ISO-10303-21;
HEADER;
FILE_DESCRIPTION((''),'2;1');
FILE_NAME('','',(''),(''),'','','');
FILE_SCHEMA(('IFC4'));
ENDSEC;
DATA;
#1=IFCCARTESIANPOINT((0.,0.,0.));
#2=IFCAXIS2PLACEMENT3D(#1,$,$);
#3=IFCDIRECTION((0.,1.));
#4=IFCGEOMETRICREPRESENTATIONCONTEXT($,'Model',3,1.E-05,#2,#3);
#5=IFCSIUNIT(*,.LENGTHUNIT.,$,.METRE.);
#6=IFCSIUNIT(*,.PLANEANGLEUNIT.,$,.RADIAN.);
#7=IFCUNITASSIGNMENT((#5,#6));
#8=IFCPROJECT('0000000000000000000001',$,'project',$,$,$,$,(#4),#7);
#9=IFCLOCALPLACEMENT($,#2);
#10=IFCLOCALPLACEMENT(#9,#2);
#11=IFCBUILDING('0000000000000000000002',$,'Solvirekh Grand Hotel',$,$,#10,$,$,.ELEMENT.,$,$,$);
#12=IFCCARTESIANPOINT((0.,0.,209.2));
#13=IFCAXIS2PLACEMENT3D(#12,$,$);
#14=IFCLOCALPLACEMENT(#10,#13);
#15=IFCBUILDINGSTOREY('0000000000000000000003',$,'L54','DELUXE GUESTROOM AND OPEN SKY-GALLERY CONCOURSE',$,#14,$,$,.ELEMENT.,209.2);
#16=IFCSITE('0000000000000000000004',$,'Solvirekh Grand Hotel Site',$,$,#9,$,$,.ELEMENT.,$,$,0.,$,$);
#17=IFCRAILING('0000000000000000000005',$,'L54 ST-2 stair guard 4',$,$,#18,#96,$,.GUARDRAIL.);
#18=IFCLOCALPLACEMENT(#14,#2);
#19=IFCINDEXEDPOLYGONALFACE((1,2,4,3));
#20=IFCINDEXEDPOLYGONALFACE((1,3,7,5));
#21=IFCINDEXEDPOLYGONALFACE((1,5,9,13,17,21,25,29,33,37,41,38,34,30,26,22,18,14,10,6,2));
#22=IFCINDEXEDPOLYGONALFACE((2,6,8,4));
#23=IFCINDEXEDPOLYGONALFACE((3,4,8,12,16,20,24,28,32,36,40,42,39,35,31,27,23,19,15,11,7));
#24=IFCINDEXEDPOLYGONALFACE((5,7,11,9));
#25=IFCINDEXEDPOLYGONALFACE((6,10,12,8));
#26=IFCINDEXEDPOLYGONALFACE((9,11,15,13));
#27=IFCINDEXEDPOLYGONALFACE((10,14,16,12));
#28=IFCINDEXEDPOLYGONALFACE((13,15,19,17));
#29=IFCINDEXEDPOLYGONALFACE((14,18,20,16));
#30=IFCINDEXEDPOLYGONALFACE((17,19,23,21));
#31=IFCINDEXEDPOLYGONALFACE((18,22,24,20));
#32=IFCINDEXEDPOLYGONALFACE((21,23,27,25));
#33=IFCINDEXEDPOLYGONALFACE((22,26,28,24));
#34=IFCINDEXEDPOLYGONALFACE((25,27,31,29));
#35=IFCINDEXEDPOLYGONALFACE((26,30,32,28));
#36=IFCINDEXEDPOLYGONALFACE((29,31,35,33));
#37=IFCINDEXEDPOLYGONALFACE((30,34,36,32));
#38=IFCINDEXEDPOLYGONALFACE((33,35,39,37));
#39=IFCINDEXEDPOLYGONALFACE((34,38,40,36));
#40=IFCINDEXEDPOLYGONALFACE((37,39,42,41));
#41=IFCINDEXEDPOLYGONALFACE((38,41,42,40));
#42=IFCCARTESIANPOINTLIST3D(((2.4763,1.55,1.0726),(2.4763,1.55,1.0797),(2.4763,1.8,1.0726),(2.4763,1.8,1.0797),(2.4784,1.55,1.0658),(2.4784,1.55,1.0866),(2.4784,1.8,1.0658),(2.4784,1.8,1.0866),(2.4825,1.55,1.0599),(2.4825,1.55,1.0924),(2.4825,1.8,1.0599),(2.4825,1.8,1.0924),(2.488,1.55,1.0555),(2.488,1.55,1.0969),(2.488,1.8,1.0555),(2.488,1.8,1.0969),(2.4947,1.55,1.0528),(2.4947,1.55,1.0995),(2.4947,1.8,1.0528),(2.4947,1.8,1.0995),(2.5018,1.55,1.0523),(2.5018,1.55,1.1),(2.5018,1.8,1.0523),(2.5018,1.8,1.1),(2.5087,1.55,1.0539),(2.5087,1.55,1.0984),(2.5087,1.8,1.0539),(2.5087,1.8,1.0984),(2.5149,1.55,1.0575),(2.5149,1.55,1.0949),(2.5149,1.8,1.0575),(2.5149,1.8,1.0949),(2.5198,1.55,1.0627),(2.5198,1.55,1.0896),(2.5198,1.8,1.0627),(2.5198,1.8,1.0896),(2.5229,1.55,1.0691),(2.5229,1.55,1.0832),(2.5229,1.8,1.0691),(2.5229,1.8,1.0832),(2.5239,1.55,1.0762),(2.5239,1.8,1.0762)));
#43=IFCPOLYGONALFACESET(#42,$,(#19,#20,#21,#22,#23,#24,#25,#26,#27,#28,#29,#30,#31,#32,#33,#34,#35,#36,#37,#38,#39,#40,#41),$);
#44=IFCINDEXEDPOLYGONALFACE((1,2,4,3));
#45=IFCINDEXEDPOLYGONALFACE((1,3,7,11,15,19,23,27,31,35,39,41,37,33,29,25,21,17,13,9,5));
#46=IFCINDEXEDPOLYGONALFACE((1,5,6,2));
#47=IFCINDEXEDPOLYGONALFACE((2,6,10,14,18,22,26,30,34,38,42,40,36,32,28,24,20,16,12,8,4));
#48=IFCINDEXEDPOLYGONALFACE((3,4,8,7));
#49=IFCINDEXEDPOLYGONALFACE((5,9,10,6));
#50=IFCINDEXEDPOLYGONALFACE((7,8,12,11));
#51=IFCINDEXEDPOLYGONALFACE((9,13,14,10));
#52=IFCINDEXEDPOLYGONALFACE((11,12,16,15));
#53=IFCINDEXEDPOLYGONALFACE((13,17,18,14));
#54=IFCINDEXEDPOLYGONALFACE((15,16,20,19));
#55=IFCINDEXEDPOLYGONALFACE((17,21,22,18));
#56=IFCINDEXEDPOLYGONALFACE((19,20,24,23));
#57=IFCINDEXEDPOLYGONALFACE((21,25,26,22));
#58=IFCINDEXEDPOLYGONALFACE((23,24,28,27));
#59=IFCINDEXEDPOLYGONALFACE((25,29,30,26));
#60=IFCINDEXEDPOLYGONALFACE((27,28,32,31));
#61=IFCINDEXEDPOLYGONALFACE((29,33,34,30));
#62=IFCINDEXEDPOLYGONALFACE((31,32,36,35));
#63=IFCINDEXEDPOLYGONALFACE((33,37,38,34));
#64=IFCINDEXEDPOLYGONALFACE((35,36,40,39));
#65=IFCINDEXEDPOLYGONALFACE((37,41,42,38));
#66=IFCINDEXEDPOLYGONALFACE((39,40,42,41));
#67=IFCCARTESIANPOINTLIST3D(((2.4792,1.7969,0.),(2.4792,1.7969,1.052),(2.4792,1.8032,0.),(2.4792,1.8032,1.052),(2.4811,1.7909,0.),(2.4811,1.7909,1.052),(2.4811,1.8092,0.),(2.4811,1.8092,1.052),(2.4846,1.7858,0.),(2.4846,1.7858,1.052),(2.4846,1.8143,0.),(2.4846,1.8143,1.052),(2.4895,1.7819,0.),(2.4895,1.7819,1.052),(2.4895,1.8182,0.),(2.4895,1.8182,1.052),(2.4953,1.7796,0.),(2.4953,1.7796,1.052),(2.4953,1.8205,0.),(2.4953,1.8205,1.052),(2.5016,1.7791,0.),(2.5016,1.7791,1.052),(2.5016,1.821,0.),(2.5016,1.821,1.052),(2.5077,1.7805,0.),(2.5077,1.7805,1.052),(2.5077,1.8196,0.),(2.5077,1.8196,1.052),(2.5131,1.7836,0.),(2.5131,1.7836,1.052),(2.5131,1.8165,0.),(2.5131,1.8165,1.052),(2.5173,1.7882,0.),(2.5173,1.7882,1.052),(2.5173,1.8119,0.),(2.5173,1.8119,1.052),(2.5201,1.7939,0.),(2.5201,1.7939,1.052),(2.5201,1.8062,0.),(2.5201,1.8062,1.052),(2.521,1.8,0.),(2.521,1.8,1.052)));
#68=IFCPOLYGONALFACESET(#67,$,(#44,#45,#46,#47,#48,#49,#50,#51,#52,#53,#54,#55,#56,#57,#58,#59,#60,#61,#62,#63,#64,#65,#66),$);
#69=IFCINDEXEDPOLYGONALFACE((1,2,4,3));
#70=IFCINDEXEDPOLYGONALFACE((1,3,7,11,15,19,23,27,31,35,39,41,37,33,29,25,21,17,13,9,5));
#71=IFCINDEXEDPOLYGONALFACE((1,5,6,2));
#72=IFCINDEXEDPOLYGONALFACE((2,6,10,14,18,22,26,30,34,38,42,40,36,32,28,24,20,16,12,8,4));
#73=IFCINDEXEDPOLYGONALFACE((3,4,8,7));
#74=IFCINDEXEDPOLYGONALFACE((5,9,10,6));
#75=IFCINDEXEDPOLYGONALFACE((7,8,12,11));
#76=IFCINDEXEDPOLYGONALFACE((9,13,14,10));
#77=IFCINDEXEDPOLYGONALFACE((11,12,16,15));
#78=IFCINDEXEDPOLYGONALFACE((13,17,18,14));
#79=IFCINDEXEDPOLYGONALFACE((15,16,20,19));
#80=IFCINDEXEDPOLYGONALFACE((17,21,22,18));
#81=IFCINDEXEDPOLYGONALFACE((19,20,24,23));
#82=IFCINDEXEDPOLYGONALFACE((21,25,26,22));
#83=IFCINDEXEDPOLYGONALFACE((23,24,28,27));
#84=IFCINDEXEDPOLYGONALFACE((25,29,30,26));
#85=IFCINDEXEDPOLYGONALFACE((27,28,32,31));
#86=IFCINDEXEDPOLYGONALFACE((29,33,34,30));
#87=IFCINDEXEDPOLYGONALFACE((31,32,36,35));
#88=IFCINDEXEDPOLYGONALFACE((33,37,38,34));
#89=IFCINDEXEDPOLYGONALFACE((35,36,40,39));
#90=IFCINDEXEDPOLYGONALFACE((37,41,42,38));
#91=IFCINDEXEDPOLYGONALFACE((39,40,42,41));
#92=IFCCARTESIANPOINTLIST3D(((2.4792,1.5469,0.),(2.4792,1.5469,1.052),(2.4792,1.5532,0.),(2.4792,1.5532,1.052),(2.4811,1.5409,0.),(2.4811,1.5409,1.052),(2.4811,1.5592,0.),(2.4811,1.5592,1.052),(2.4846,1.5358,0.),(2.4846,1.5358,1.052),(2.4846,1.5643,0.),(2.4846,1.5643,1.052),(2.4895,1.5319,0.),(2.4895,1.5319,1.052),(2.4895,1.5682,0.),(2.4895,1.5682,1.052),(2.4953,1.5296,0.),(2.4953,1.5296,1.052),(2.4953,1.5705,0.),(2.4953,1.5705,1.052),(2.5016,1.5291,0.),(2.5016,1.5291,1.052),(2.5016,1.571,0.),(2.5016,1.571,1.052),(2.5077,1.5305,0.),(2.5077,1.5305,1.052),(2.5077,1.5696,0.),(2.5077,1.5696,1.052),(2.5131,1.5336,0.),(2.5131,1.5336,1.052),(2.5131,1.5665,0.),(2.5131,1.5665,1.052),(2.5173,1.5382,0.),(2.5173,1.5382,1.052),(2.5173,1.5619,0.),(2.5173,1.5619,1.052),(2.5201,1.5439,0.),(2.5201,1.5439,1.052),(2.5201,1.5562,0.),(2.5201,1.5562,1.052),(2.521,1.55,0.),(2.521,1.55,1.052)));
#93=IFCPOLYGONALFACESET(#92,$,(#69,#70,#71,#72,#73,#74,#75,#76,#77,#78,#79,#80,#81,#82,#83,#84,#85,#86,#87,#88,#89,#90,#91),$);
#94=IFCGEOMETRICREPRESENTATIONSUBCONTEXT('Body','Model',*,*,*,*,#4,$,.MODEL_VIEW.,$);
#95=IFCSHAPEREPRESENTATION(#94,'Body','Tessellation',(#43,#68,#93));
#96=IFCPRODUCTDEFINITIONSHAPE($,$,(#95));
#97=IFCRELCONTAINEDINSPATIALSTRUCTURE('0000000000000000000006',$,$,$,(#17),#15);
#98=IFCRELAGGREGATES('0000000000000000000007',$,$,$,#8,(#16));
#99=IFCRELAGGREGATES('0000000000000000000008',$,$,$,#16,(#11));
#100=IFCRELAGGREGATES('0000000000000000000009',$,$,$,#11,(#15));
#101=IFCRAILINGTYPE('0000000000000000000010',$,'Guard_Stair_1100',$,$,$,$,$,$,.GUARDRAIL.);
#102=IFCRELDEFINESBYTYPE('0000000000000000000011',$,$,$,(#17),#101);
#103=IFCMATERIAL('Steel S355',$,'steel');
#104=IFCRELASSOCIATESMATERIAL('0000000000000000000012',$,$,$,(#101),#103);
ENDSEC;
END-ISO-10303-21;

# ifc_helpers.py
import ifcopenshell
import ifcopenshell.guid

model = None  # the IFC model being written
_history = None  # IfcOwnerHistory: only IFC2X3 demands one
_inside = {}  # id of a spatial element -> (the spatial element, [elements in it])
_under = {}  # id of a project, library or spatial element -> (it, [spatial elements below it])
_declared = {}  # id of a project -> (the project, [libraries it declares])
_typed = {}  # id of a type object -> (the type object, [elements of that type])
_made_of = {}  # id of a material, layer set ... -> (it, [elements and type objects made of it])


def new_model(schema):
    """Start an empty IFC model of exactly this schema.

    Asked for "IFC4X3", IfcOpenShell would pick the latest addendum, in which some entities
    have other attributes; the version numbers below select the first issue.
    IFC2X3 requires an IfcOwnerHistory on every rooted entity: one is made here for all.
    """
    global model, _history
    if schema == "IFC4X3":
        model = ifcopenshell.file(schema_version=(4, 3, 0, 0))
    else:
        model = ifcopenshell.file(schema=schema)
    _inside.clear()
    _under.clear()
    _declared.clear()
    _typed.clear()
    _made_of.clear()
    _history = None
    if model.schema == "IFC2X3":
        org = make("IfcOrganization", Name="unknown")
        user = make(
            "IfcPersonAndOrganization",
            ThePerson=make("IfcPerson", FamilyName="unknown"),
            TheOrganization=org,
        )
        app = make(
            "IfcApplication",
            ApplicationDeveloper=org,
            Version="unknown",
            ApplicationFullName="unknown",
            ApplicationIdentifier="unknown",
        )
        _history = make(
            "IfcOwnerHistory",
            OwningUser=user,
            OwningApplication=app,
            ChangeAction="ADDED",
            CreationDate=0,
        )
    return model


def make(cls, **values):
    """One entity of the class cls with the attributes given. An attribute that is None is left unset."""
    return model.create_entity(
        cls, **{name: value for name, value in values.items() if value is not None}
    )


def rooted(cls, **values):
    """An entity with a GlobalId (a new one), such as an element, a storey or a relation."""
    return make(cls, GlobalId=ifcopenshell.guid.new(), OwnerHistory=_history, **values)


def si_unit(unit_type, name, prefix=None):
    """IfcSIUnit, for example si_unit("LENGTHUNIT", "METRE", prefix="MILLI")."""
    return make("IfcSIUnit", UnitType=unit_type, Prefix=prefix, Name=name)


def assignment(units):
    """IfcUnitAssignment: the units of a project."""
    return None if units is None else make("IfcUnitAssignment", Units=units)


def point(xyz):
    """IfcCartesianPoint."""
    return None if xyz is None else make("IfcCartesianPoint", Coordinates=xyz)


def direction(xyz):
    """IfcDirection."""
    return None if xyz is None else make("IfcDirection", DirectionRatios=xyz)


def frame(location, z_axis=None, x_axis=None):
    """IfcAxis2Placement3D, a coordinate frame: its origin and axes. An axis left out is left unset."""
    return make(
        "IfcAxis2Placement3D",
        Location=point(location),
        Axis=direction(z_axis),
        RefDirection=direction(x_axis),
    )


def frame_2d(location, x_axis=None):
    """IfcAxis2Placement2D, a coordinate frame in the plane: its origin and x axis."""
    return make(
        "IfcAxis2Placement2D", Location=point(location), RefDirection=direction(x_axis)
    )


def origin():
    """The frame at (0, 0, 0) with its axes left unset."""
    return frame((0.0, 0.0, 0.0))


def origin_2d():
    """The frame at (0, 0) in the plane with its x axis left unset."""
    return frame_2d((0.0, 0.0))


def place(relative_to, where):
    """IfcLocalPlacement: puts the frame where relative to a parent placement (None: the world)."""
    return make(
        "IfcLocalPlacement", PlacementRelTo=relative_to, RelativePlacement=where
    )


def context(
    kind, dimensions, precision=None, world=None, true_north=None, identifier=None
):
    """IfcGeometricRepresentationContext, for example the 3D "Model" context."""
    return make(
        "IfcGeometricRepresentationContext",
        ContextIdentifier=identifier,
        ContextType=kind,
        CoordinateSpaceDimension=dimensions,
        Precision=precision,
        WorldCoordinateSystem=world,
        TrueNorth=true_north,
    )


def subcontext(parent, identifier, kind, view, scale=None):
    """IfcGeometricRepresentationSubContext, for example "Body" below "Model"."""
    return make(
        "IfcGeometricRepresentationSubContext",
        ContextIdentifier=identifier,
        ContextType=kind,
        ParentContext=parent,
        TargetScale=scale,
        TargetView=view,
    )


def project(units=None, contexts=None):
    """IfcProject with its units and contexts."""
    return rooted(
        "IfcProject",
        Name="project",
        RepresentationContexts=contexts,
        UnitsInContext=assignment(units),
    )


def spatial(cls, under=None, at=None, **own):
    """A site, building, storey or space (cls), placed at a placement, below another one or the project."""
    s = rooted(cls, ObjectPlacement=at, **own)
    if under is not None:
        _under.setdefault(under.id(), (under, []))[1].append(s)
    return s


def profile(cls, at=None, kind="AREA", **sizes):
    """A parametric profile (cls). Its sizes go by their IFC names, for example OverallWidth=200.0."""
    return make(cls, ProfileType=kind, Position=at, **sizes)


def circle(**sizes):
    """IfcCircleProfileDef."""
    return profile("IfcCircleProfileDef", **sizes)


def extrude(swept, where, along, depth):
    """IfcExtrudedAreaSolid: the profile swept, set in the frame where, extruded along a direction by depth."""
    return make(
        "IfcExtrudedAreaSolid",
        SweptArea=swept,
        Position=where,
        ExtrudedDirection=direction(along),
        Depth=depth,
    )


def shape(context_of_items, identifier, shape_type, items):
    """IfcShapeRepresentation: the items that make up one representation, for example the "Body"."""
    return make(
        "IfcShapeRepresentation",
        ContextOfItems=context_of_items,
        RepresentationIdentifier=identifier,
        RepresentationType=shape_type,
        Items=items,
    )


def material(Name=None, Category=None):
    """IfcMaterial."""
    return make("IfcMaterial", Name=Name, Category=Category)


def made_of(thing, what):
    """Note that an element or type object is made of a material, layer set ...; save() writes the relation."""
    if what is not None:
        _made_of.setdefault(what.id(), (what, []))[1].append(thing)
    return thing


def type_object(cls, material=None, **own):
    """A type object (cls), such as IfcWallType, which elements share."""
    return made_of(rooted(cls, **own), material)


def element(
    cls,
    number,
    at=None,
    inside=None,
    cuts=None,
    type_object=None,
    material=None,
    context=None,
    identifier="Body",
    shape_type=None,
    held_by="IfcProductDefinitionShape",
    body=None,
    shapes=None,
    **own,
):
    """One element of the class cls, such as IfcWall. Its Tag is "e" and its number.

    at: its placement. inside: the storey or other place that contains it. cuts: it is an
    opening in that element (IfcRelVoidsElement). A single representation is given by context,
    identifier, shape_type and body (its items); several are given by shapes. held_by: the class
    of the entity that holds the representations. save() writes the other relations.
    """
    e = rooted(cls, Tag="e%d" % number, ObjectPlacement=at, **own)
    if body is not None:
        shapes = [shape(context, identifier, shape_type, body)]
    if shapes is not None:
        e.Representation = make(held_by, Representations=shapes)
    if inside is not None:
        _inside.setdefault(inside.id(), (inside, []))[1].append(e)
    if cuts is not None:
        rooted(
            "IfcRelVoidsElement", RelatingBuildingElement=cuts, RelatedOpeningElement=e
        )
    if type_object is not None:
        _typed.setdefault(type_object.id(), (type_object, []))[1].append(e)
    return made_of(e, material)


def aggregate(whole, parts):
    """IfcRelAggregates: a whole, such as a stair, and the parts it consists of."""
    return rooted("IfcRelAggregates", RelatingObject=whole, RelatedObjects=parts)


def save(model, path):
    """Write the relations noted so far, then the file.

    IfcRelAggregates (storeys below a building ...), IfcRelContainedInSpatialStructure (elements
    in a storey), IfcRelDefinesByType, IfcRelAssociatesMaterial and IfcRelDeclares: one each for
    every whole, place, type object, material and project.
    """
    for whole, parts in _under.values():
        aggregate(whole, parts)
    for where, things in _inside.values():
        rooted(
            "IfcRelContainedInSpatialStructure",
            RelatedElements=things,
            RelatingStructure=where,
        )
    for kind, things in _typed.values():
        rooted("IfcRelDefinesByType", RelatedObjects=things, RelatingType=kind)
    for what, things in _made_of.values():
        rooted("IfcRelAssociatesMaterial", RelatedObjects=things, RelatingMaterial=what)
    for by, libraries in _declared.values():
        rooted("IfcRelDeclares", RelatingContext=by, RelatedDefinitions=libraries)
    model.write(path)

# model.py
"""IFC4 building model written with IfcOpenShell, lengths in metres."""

from ifc_helpers import new_model, si_unit, direction, frame, origin, origin_2d, place, context, subcontext, project, spatial, circle, extrude, material, type_object, element, save


model = new_model("IFC4")

# Units and contexts
model_context = context("Model", 3, precision=1e-05, world=origin(), true_north=direction((0.0, 1.0)))
body_context = subcontext(model_context, "Body", "Model", "MODEL_VIEW")
ifc_project = project(units=[si_unit("LENGTHUNIT", "METRE"), si_unit("PLANEANGLEUNIT", "RADIAN")], contexts=[model_context])

# Site, building, storey
site_placement = place(None, origin())
site = spatial("IfcSite", under=ifc_project, at=site_placement, Name="Solvirekh Grand Hotel Site", CompositionType="ELEMENT", RefElevation=0.0)
building_placement = place(site_placement, origin())
building = spatial("IfcBuilding", under=site, at=building_placement, Name="Solvirekh Grand Hotel", CompositionType="ELEMENT")
storey_placement = place(building_placement, frame((0.0, 0.0, 209.2)))
storey = spatial("IfcBuildingStorey", under=building, at=storey_placement, Name="L54", Description="DELUXE GUESTROOM AND OPEN SKY-GALLERY CONCOURSE", CompositionType="ELEMENT", Elevation=209.2)

# Railing
ifc_material_1 = material(Name="Steel S355", Category="steel")
railing_type_1 = type_object("IfcRailingType", Name="Guard_Stair_1100", PredefinedType="GUARDRAIL", material=ifc_material_1)
railing_1_placement = place(storey_placement, frame((2.5, 1.8, 0.0)))
element("IfcRailing", 1, at=railing_1_placement, inside=storey, type_object=railing_type_1, Name="L54 ST-2 stair guard 4", PredefinedType="GUARDRAIL", context=body_context, shape_type="SweptSolid", body=[
    extrude(circle(Radius=0.0239, at=origin_2d()), frame((0.0, 0.0, 1.0762), z_axis=(0.0, -1.0, 0.0), x_axis=(1.0, 0.0, 0.0)), (0.0, 0.0, 1.0), 0.25),
    extrude(circle(Radius=0.021, at=origin_2d()), origin(), (0.0, 0.0, 1.0), 1.052),
    extrude(circle(Radius=0.021, at=origin_2d()), frame((0.0, -0.25, 0.0)), (0.0, 0.0, 1.0), 1.052),
])

save(model, "model.ifc")
